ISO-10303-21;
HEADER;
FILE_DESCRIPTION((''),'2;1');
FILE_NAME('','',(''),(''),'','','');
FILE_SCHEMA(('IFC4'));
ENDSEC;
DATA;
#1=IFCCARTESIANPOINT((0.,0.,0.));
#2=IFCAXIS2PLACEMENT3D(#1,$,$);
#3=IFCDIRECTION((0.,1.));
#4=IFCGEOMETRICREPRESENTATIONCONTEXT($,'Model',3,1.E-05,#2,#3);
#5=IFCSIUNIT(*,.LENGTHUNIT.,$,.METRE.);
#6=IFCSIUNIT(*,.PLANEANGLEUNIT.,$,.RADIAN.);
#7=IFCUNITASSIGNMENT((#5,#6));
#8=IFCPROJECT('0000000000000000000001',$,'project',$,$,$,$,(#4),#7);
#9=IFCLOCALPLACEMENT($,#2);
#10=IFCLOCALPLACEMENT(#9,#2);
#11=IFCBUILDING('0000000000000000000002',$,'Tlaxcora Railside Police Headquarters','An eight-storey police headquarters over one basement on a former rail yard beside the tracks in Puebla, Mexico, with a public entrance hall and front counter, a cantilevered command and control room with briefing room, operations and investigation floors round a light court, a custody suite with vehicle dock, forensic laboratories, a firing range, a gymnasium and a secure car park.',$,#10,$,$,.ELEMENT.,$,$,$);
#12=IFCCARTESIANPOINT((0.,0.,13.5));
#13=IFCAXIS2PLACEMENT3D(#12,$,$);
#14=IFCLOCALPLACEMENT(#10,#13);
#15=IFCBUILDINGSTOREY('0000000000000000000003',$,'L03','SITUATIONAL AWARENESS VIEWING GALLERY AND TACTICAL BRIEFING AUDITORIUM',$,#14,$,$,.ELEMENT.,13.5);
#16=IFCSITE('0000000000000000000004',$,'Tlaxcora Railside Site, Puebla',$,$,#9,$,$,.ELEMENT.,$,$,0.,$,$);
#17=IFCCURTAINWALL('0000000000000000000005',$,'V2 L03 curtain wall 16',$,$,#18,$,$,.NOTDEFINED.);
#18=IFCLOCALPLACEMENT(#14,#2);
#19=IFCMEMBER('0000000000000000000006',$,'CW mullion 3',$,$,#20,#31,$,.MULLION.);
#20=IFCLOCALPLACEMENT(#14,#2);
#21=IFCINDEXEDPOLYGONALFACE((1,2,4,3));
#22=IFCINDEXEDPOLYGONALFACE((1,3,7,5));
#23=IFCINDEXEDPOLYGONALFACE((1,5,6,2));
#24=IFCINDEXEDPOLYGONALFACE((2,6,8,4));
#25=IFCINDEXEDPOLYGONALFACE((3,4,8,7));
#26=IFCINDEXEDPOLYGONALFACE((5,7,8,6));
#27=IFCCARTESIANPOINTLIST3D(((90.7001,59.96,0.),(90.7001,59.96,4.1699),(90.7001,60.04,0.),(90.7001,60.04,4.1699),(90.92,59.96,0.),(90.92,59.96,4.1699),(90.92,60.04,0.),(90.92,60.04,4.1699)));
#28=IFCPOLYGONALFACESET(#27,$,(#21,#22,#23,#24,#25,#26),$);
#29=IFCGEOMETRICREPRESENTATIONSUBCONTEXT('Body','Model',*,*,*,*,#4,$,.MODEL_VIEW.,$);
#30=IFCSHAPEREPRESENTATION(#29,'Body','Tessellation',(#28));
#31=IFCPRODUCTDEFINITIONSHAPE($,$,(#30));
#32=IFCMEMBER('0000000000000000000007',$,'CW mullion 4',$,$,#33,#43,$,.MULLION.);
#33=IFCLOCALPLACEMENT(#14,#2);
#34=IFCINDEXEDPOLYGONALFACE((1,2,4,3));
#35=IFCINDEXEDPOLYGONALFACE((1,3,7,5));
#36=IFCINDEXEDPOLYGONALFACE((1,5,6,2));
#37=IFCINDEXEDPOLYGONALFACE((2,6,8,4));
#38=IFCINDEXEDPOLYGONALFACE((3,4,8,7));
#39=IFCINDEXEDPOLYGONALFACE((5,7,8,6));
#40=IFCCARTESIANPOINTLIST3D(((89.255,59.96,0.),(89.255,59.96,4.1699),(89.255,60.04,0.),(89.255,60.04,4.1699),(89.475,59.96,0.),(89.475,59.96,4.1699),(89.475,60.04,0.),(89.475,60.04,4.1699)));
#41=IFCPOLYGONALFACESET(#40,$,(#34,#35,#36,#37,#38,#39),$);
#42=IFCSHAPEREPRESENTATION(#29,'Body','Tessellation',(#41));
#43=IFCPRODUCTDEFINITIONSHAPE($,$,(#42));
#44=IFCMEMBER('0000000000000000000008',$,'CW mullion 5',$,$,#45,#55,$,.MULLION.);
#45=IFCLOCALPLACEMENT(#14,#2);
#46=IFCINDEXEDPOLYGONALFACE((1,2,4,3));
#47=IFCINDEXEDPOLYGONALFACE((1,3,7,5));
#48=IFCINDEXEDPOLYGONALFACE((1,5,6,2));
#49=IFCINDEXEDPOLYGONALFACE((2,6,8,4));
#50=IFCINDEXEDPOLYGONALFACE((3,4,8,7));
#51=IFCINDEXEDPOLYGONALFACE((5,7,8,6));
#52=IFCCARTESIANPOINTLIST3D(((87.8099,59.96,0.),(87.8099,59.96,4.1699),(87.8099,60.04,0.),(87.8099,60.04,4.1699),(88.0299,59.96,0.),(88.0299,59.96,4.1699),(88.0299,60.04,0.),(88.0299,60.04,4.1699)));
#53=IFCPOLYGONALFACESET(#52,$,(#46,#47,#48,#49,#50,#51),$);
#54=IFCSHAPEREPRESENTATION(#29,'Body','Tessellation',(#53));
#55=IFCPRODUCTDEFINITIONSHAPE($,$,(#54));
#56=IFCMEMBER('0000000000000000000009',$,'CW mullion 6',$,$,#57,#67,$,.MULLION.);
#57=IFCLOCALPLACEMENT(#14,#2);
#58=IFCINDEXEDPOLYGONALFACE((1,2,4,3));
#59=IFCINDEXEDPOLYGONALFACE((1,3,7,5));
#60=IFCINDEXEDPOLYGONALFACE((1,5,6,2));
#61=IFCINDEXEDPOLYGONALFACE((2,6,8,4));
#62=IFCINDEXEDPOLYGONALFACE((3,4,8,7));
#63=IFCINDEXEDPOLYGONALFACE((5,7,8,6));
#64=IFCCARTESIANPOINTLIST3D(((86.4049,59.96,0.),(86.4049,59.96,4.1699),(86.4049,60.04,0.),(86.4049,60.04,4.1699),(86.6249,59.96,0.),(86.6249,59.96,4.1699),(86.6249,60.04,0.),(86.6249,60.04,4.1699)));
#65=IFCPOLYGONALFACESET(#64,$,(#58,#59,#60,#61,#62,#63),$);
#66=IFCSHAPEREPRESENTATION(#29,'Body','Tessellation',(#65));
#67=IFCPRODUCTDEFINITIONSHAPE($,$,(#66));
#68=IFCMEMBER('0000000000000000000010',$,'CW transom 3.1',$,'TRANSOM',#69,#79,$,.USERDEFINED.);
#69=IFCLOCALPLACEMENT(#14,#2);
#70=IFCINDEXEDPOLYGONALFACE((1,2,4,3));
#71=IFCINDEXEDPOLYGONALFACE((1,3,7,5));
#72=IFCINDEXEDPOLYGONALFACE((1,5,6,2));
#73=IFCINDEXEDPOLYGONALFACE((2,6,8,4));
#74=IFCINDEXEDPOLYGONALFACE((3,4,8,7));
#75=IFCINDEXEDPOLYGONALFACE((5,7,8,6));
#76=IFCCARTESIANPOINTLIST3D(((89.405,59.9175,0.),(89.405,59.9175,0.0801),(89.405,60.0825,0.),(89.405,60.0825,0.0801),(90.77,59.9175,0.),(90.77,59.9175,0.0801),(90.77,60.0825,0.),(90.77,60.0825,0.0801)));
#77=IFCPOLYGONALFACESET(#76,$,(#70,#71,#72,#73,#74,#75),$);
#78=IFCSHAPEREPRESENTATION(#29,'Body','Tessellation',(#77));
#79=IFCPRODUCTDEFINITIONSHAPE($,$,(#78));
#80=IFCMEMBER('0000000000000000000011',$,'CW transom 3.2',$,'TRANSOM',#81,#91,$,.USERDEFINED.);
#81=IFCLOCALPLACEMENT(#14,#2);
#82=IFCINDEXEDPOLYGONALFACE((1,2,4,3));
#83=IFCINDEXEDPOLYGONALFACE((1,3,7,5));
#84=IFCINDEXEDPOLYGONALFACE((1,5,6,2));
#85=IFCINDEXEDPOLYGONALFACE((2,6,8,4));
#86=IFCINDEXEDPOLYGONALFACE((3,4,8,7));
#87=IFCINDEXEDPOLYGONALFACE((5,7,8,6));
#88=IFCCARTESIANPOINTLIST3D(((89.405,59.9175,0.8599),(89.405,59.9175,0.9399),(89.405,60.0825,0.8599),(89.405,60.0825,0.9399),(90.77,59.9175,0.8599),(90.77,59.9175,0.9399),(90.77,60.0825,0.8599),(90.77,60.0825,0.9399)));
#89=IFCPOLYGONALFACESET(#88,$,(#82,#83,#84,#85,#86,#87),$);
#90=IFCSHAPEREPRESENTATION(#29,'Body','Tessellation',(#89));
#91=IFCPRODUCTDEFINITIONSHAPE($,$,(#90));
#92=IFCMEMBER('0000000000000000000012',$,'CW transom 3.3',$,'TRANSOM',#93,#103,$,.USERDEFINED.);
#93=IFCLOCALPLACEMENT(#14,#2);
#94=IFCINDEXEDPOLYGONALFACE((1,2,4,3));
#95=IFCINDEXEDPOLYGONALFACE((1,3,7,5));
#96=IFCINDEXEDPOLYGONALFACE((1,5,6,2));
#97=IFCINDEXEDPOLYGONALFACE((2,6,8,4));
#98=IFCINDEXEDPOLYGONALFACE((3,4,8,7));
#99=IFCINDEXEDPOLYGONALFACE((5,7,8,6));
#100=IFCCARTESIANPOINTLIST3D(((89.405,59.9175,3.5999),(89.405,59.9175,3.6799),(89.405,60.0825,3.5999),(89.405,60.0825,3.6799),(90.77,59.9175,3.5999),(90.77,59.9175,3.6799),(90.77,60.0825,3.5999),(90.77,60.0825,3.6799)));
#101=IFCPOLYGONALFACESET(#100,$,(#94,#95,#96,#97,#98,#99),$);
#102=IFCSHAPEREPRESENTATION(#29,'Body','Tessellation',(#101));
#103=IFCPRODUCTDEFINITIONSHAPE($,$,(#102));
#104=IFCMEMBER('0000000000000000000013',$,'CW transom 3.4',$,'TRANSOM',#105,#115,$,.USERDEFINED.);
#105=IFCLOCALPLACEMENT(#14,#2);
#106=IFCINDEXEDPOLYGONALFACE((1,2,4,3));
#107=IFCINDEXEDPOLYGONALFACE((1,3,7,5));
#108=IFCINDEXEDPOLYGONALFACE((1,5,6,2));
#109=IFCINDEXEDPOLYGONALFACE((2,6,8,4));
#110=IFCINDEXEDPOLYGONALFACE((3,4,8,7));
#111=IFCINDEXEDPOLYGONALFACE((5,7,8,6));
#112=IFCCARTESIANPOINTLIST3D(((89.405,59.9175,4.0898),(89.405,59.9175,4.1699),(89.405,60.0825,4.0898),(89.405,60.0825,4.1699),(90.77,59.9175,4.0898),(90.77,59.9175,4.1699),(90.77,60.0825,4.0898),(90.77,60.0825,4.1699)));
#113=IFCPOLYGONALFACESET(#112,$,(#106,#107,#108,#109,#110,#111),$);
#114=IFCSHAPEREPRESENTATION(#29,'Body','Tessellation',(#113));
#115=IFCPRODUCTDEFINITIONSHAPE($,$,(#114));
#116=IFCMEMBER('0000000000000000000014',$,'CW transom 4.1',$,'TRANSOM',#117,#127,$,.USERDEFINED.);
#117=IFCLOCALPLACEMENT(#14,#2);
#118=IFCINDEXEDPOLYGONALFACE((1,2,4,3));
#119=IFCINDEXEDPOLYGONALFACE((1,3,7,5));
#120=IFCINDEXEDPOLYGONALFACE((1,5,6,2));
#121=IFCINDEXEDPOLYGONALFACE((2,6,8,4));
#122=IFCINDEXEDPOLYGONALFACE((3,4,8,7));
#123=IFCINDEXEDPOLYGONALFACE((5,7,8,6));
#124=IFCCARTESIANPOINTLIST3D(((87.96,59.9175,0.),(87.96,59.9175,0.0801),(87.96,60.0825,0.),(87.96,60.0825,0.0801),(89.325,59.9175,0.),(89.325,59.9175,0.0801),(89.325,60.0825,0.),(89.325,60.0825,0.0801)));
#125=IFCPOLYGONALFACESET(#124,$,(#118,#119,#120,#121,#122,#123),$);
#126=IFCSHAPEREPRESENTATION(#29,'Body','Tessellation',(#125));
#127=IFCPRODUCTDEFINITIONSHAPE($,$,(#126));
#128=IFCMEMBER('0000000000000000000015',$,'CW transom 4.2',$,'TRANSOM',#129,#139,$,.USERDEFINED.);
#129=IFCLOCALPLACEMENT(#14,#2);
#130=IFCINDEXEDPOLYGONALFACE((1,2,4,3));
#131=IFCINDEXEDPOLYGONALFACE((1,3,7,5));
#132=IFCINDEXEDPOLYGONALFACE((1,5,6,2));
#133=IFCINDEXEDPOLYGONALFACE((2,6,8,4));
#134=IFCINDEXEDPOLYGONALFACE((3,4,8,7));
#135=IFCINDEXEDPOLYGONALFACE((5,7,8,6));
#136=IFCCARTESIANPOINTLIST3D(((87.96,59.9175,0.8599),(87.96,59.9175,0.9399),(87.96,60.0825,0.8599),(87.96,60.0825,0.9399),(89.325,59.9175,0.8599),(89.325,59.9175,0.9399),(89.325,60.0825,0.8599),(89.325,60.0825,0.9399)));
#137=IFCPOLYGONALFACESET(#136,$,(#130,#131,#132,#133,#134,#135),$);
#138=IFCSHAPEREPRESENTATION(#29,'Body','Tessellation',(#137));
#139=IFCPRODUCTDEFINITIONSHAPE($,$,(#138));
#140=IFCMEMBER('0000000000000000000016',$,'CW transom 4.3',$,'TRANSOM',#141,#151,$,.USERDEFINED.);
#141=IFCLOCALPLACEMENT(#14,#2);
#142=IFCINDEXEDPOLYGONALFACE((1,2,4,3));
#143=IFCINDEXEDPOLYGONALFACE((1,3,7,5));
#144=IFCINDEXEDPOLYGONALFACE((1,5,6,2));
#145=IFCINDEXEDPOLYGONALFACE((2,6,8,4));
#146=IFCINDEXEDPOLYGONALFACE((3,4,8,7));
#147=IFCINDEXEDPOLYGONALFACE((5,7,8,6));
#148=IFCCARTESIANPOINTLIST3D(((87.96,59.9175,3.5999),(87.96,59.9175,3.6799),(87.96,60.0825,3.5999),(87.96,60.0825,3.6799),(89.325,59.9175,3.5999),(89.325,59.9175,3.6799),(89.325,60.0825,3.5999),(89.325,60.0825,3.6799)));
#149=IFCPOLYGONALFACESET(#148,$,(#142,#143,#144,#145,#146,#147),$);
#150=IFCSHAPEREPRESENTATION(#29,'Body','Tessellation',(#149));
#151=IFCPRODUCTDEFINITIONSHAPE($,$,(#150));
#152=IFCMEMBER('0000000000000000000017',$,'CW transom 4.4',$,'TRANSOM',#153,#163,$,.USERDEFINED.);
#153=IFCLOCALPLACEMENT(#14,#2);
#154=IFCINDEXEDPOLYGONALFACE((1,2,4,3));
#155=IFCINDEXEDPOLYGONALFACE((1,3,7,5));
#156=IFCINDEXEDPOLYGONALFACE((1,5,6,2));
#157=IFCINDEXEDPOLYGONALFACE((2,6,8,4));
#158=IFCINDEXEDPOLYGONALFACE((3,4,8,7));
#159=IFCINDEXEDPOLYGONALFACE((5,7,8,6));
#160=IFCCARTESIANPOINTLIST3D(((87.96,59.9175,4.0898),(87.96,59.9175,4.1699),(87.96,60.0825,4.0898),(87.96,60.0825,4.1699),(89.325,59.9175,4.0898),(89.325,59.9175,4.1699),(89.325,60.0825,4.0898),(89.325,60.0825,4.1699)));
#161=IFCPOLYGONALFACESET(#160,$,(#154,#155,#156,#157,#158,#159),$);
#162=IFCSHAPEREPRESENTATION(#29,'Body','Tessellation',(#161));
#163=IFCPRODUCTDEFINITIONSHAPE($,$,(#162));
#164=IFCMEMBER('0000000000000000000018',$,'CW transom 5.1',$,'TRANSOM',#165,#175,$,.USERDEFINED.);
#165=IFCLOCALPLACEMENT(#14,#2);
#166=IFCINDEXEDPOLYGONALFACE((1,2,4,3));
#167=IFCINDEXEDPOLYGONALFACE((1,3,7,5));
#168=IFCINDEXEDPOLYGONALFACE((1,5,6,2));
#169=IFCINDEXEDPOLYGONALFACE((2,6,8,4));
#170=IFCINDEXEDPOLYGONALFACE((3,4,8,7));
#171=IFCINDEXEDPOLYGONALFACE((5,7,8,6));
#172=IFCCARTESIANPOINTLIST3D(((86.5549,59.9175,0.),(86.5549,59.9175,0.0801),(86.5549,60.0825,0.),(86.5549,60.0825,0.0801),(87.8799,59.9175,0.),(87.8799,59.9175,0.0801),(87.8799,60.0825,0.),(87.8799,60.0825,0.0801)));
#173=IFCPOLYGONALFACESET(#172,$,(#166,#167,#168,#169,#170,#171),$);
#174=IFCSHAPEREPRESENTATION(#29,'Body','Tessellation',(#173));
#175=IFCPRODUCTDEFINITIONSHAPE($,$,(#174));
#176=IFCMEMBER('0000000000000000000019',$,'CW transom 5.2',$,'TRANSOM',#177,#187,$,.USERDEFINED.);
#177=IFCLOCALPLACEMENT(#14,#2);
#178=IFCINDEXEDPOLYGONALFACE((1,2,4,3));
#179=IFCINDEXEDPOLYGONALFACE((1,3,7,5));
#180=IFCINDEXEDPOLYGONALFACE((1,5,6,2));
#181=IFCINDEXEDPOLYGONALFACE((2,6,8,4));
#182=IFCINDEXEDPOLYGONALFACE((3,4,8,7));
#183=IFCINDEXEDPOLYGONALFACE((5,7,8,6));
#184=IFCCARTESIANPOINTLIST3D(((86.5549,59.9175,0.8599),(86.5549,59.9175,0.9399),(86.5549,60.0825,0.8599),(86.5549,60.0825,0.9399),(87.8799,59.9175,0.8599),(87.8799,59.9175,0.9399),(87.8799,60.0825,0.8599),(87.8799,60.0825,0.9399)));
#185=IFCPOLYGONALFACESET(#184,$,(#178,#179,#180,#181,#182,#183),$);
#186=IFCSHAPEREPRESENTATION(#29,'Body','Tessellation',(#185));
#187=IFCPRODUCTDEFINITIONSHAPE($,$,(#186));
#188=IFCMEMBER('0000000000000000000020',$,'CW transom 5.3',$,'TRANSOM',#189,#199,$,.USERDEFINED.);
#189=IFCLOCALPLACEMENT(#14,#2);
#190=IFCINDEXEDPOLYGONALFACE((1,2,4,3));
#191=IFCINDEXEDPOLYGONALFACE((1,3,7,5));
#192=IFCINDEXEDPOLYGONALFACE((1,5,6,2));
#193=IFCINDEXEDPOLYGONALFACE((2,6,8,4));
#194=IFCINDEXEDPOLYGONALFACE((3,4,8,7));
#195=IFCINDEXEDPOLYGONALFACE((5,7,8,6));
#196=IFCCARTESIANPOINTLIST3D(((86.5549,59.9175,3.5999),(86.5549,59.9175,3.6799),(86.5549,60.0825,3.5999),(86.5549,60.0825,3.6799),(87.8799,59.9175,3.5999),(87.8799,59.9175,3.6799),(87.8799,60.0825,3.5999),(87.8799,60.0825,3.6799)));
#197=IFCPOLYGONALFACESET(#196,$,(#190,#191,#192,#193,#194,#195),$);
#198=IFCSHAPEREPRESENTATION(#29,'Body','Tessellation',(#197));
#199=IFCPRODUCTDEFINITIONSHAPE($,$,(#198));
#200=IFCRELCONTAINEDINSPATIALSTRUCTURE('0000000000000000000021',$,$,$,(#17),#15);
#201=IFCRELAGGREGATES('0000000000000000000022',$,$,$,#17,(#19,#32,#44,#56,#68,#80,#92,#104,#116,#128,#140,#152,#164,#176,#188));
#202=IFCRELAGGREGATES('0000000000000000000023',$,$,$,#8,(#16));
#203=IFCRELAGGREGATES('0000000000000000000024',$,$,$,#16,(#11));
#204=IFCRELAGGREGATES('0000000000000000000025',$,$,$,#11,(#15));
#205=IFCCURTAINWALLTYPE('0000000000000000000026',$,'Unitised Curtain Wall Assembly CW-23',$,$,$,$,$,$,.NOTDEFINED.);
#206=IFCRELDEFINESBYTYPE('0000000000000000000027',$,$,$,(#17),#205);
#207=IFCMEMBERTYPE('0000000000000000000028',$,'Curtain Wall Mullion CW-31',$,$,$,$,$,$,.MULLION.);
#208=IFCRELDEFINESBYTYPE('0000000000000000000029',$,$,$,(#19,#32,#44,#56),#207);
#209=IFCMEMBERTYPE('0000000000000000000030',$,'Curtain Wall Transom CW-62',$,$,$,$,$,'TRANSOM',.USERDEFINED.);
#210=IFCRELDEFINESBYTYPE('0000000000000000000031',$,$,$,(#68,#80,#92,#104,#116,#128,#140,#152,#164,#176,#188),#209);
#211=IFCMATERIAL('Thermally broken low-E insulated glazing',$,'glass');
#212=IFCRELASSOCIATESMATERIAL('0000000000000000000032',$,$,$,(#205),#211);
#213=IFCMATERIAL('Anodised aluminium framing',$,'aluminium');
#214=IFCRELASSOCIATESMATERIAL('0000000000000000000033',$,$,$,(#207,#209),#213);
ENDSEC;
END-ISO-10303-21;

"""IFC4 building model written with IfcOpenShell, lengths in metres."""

from ifc_helpers import new_model, si_unit, direction, frame, origin, origin_2d, place, context, subcontext, project, spatial, rectangle, extrude, material, material_profile, profile_set, type_object, element, aggregate, save


model = new_model("IFC4")

# Units and contexts
model_context = context("Model", 3, precision=1e-05, world=origin(), true_north=direction((0.0, 1.0)))
body_context = subcontext(model_context, "Body", "Model", "MODEL_VIEW")
ifc_project = project(units=[si_unit("LENGTHUNIT", "METRE"), si_unit("PLANEANGLEUNIT", "RADIAN")], contexts=[model_context])

# Site, building, storey
site_placement = place(None, origin())
site = spatial("IfcSite", under=ifc_project, at=site_placement, Name="Tlaxcora Railside Site, Puebla", CompositionType="ELEMENT", RefElevation=0.0)
building_placement = place(site_placement, origin())
building = spatial("IfcBuilding", under=site, at=building_placement, Name="Tlaxcora Railside Police Headquarters", Description="An eight-storey police headquarters over one basement on a former rail yard beside the tracks in Puebla, Mexico, with a public entrance hall and front counter, a cantilevered command and control room with briefing room, operations and investigation floors round a light court, a custody suite with vehicle dock, forensic laboratories, a firing range, a gymnasium and a secure car park.", CompositionType="ELEMENT")
storey_placement = place(building_placement, frame((0.0, 0.0, 13.5)))
storey = spatial("IfcBuildingStorey", under=building, at=storey_placement, Name="L03", Description="SITUATIONAL AWARENESS VIEWING GALLERY AND TACTICAL BRIEFING AUDITORIUM", CompositionType="ELEMENT", Elevation=13.5)

# Curtain wall, members
ifc_material_1 = material(Name="Thermally broken low-E insulated glazing", Category="glass")
curtain_wall_type = type_object("IfcCurtainWallType", Name="Unitised Curtain Wall Assembly CW-23", PredefinedType="NOTDEFINED", material=ifc_material_1)
curtain_wall_placement = place(storey_placement, origin())
curtain_wall = element("IfcCurtainWall", 1, at=curtain_wall_placement, inside=storey, type_object=curtain_wall_type, Name="V2 L03 curtain wall 16", PredefinedType="NOTDEFINED")
ifc_material_2 = material(Name="Anodised aluminium framing", Category="aluminium")
ifc_material_profile_1 = material_profile(ifc_material_2, rectangle(XDim=0.0801, YDim=0.22, at=origin_2d()), Name="AL80X220")
ifc_profile_set_1 = profile_set([ifc_material_profile_1], Name="Anodised aluminium framing")
member_type_1 = type_object("IfcMemberType", Name="Curtain Wall Mullion CW-31", PredefinedType="MULLION", material=ifc_profile_set_1)
member_1_placement = place(storey_placement, frame((90.8101, 60.0, 0.0), z_axis=(0.0, 0.0, 1.0), x_axis=(0.0, -1.0, 0.0)))
member_1 = element("IfcMember", 2, at=member_1_placement, type_object=member_type_1, Name="CW mullion 3", PredefinedType="MULLION", context=body_context, shape_type="SweptSolid", body=[
    extrude(rectangle(XDim=0.0801, YDim=0.22, at=origin_2d()), origin(), (0.0, 0.0, 1.0), 4.1699),
])
member_2_placement = place(storey_placement, frame((89.365, 60.0, 0.0), z_axis=(0.0, 0.0, 1.0), x_axis=(0.0, -1.0, 0.0)))
member_2 = element("IfcMember", 3, at=member_2_placement, type_object=member_type_1, Name="CW mullion 4", PredefinedType="MULLION", context=body_context, shape_type="SweptSolid", body=[
    extrude(rectangle(XDim=0.0801, YDim=0.22, at=origin_2d()), origin(), (0.0, 0.0, 1.0), 4.1699),
])
member_3_placement = place(storey_placement, frame((87.9199, 60.0, 0.0), z_axis=(0.0, 0.0, 1.0), x_axis=(0.0, -1.0, 0.0)))
member_3 = element("IfcMember", 4, at=member_3_placement, type_object=member_type_1, Name="CW mullion 5", PredefinedType="MULLION", context=body_context, shape_type="SweptSolid", body=[
    extrude(rectangle(XDim=0.0801, YDim=0.22, at=origin_2d()), origin(), (0.0, 0.0, 1.0), 4.1699),
])
member_4_placement = place(storey_placement, frame((86.5149, 60.0, 0.0), z_axis=(0.0, 0.0, 1.0), x_axis=(0.0, -1.0, 0.0)))
member_4 = element("IfcMember", 5, at=member_4_placement, type_object=member_type_1, Name="CW mullion 6", PredefinedType="MULLION", context=body_context, shape_type="SweptSolid", body=[
    extrude(rectangle(XDim=0.0801, YDim=0.22, at=origin_2d()), origin(), (0.0, 0.0, 1.0), 4.1699),
])
ifc_material_profile_2 = material_profile(ifc_material_2, rectangle(XDim=0.165, YDim=0.0801, at=origin_2d()), Name="AL80X165")
ifc_profile_set_2 = profile_set([ifc_material_profile_2], Name="Anodised aluminium framing")
member_type_2 = type_object("IfcMemberType", Name="Curtain Wall Transom CW-62", ElementType="TRANSOM", PredefinedType="USERDEFINED", material=ifc_profile_set_2)
member_5_placement = place(storey_placement, frame((90.77, 60.0, 0.04), z_axis=(-1.0, 0.0, 0.0), x_axis=(0.0, -1.0, 0.0)))
member_5 = element("IfcMember", 6, at=member_5_placement, type_object=member_type_2, Name="CW transom 3.1", ObjectType="TRANSOM", PredefinedType="USERDEFINED", context=body_context, shape_type="SweptSolid", body=[
    extrude(rectangle(XDim=0.165, YDim=0.0801, at=origin_2d()), origin(), (0.0, 0.0, 1.0), 1.365),
])
member_6_placement = place(storey_placement, frame((90.77, 60.0, 0.8999), z_axis=(-1.0, 0.0, 0.0), x_axis=(0.0, -1.0, 0.0)))
member_6 = element("IfcMember", 7, at=member_6_placement, type_object=member_type_2, Name="CW transom 3.2", ObjectType="TRANSOM", PredefinedType="USERDEFINED", context=body_context, shape_type="SweptSolid", body=[
    extrude(rectangle(XDim=0.165, YDim=0.0801, at=origin_2d()), origin(), (0.0, 0.0, 1.0), 1.365),
])
member_7_placement = place(storey_placement, frame((90.77, 60.0, 3.6399), z_axis=(-1.0, 0.0, 0.0), x_axis=(0.0, -1.0, 0.0)))
member_7 = element("IfcMember", 8, at=member_7_placement, type_object=member_type_2, Name="CW transom 3.3", ObjectType="TRANSOM", PredefinedType="USERDEFINED", context=body_context, shape_type="SweptSolid", body=[
    extrude(rectangle(XDim=0.165, YDim=0.0801, at=origin_2d()), origin(), (0.0, 0.0, 1.0), 1.365),
])
member_8_placement = place(storey_placement, frame((90.77, 60.0, 4.1299), z_axis=(-1.0, 0.0, 0.0), x_axis=(0.0, -1.0, 0.0)))
member_8 = element("IfcMember", 9, at=member_8_placement, type_object=member_type_2, Name="CW transom 3.4", ObjectType="TRANSOM", PredefinedType="USERDEFINED", context=body_context, shape_type="SweptSolid", body=[
    extrude(rectangle(XDim=0.165, YDim=0.0801, at=origin_2d()), origin(), (0.0, 0.0, 1.0), 1.365),
])
member_9_placement = place(storey_placement, frame((89.325, 60.0, 0.04), z_axis=(-1.0, 0.0, 0.0), x_axis=(0.0, -1.0, 0.0)))
member_9 = element("IfcMember", 10, at=member_9_placement, type_object=member_type_2, Name="CW transom 4.1", ObjectType="TRANSOM", PredefinedType="USERDEFINED", context=body_context, shape_type="SweptSolid", body=[
    extrude(rectangle(XDim=0.165, YDim=0.0801, at=origin_2d()), origin(), (0.0, 0.0, 1.0), 1.365),
])
member_10_placement = place(storey_placement, frame((89.325, 60.0, 0.8999), z_axis=(-1.0, 0.0, 0.0), x_axis=(0.0, -1.0, 0.0)))
member_10 = element("IfcMember", 11, at=member_10_placement, type_object=member_type_2, Name="CW transom 4.2", ObjectType="TRANSOM", PredefinedType="USERDEFINED", context=body_context, shape_type="SweptSolid", body=[
    extrude(rectangle(XDim=0.165, YDim=0.0801, at=origin_2d()), origin(), (0.0, 0.0, 1.0), 1.365),
])
member_11_placement = place(storey_placement, frame((89.325, 60.0, 3.6399), z_axis=(-1.0, 0.0, 0.0), x_axis=(0.0, -1.0, 0.0)))
member_11 = element("IfcMember", 12, at=member_11_placement, type_object=member_type_2, Name="CW transom 4.3", ObjectType="TRANSOM", PredefinedType="USERDEFINED", context=body_context, shape_type="SweptSolid", body=[
    extrude(rectangle(XDim=0.165, YDim=0.0801, at=origin_2d()), origin(), (0.0, 0.0, 1.0), 1.365),
])
member_12_placement = place(storey_placement, frame((89.325, 60.0, 4.1299), z_axis=(-1.0, 0.0, 0.0), x_axis=(0.0, -1.0, 0.0)))
member_12 = element("IfcMember", 13, at=member_12_placement, type_object=member_type_2, Name="CW transom 4.4", ObjectType="TRANSOM", PredefinedType="USERDEFINED", context=body_context, shape_type="SweptSolid", body=[
    extrude(rectangle(XDim=0.165, YDim=0.0801, at=origin_2d()), origin(), (0.0, 0.0, 1.0), 1.365),
])
member_13_placement = place(storey_placement, frame((87.8799, 60.0, 0.04), z_axis=(-1.0, 0.0, 0.0), x_axis=(0.0, -1.0, 0.0)))
member_13 = element("IfcMember", 14, at=member_13_placement, type_object=member_type_2, Name="CW transom 5.1", ObjectType="TRANSOM", PredefinedType="USERDEFINED", context=body_context, shape_type="SweptSolid", body=[
    extrude(rectangle(XDim=0.165, YDim=0.0801, at=origin_2d()), origin(), (0.0, 0.0, 1.0), 1.325),
])
member_14_placement = place(storey_placement, frame((87.8799, 60.0, 0.8999), z_axis=(-1.0, 0.0, 0.0), x_axis=(0.0, -1.0, 0.0)))
member_14 = element("IfcMember", 15, at=member_14_placement, type_object=member_type_2, Name="CW transom 5.2", ObjectType="TRANSOM", PredefinedType="USERDEFINED", context=body_context, shape_type="SweptSolid", body=[
    extrude(rectangle(XDim=0.165, YDim=0.0801, at=origin_2d()), origin(), (0.0, 0.0, 1.0), 1.325),
])
member_15_placement = place(storey_placement, frame((87.8799, 60.0, 3.6399), z_axis=(-1.0, 0.0, 0.0), x_axis=(0.0, -1.0, 0.0)))
member_15 = element("IfcMember", 16, at=member_15_placement, type_object=member_type_2, Name="CW transom 5.3", ObjectType="TRANSOM", PredefinedType="USERDEFINED", context=body_context, shape_type="SweptSolid", body=[
    extrude(rectangle(XDim=0.165, YDim=0.0801, at=origin_2d()), origin(), (0.0, 0.0, 1.0), 1.325),
])

aggregate(curtain_wall, [member_1, member_2, member_3, member_4, member_5, member_6, member_7, member_8, member_9, member_10, member_11, member_12, member_13, member_14, member_15])

save(model, "model.ifc")
